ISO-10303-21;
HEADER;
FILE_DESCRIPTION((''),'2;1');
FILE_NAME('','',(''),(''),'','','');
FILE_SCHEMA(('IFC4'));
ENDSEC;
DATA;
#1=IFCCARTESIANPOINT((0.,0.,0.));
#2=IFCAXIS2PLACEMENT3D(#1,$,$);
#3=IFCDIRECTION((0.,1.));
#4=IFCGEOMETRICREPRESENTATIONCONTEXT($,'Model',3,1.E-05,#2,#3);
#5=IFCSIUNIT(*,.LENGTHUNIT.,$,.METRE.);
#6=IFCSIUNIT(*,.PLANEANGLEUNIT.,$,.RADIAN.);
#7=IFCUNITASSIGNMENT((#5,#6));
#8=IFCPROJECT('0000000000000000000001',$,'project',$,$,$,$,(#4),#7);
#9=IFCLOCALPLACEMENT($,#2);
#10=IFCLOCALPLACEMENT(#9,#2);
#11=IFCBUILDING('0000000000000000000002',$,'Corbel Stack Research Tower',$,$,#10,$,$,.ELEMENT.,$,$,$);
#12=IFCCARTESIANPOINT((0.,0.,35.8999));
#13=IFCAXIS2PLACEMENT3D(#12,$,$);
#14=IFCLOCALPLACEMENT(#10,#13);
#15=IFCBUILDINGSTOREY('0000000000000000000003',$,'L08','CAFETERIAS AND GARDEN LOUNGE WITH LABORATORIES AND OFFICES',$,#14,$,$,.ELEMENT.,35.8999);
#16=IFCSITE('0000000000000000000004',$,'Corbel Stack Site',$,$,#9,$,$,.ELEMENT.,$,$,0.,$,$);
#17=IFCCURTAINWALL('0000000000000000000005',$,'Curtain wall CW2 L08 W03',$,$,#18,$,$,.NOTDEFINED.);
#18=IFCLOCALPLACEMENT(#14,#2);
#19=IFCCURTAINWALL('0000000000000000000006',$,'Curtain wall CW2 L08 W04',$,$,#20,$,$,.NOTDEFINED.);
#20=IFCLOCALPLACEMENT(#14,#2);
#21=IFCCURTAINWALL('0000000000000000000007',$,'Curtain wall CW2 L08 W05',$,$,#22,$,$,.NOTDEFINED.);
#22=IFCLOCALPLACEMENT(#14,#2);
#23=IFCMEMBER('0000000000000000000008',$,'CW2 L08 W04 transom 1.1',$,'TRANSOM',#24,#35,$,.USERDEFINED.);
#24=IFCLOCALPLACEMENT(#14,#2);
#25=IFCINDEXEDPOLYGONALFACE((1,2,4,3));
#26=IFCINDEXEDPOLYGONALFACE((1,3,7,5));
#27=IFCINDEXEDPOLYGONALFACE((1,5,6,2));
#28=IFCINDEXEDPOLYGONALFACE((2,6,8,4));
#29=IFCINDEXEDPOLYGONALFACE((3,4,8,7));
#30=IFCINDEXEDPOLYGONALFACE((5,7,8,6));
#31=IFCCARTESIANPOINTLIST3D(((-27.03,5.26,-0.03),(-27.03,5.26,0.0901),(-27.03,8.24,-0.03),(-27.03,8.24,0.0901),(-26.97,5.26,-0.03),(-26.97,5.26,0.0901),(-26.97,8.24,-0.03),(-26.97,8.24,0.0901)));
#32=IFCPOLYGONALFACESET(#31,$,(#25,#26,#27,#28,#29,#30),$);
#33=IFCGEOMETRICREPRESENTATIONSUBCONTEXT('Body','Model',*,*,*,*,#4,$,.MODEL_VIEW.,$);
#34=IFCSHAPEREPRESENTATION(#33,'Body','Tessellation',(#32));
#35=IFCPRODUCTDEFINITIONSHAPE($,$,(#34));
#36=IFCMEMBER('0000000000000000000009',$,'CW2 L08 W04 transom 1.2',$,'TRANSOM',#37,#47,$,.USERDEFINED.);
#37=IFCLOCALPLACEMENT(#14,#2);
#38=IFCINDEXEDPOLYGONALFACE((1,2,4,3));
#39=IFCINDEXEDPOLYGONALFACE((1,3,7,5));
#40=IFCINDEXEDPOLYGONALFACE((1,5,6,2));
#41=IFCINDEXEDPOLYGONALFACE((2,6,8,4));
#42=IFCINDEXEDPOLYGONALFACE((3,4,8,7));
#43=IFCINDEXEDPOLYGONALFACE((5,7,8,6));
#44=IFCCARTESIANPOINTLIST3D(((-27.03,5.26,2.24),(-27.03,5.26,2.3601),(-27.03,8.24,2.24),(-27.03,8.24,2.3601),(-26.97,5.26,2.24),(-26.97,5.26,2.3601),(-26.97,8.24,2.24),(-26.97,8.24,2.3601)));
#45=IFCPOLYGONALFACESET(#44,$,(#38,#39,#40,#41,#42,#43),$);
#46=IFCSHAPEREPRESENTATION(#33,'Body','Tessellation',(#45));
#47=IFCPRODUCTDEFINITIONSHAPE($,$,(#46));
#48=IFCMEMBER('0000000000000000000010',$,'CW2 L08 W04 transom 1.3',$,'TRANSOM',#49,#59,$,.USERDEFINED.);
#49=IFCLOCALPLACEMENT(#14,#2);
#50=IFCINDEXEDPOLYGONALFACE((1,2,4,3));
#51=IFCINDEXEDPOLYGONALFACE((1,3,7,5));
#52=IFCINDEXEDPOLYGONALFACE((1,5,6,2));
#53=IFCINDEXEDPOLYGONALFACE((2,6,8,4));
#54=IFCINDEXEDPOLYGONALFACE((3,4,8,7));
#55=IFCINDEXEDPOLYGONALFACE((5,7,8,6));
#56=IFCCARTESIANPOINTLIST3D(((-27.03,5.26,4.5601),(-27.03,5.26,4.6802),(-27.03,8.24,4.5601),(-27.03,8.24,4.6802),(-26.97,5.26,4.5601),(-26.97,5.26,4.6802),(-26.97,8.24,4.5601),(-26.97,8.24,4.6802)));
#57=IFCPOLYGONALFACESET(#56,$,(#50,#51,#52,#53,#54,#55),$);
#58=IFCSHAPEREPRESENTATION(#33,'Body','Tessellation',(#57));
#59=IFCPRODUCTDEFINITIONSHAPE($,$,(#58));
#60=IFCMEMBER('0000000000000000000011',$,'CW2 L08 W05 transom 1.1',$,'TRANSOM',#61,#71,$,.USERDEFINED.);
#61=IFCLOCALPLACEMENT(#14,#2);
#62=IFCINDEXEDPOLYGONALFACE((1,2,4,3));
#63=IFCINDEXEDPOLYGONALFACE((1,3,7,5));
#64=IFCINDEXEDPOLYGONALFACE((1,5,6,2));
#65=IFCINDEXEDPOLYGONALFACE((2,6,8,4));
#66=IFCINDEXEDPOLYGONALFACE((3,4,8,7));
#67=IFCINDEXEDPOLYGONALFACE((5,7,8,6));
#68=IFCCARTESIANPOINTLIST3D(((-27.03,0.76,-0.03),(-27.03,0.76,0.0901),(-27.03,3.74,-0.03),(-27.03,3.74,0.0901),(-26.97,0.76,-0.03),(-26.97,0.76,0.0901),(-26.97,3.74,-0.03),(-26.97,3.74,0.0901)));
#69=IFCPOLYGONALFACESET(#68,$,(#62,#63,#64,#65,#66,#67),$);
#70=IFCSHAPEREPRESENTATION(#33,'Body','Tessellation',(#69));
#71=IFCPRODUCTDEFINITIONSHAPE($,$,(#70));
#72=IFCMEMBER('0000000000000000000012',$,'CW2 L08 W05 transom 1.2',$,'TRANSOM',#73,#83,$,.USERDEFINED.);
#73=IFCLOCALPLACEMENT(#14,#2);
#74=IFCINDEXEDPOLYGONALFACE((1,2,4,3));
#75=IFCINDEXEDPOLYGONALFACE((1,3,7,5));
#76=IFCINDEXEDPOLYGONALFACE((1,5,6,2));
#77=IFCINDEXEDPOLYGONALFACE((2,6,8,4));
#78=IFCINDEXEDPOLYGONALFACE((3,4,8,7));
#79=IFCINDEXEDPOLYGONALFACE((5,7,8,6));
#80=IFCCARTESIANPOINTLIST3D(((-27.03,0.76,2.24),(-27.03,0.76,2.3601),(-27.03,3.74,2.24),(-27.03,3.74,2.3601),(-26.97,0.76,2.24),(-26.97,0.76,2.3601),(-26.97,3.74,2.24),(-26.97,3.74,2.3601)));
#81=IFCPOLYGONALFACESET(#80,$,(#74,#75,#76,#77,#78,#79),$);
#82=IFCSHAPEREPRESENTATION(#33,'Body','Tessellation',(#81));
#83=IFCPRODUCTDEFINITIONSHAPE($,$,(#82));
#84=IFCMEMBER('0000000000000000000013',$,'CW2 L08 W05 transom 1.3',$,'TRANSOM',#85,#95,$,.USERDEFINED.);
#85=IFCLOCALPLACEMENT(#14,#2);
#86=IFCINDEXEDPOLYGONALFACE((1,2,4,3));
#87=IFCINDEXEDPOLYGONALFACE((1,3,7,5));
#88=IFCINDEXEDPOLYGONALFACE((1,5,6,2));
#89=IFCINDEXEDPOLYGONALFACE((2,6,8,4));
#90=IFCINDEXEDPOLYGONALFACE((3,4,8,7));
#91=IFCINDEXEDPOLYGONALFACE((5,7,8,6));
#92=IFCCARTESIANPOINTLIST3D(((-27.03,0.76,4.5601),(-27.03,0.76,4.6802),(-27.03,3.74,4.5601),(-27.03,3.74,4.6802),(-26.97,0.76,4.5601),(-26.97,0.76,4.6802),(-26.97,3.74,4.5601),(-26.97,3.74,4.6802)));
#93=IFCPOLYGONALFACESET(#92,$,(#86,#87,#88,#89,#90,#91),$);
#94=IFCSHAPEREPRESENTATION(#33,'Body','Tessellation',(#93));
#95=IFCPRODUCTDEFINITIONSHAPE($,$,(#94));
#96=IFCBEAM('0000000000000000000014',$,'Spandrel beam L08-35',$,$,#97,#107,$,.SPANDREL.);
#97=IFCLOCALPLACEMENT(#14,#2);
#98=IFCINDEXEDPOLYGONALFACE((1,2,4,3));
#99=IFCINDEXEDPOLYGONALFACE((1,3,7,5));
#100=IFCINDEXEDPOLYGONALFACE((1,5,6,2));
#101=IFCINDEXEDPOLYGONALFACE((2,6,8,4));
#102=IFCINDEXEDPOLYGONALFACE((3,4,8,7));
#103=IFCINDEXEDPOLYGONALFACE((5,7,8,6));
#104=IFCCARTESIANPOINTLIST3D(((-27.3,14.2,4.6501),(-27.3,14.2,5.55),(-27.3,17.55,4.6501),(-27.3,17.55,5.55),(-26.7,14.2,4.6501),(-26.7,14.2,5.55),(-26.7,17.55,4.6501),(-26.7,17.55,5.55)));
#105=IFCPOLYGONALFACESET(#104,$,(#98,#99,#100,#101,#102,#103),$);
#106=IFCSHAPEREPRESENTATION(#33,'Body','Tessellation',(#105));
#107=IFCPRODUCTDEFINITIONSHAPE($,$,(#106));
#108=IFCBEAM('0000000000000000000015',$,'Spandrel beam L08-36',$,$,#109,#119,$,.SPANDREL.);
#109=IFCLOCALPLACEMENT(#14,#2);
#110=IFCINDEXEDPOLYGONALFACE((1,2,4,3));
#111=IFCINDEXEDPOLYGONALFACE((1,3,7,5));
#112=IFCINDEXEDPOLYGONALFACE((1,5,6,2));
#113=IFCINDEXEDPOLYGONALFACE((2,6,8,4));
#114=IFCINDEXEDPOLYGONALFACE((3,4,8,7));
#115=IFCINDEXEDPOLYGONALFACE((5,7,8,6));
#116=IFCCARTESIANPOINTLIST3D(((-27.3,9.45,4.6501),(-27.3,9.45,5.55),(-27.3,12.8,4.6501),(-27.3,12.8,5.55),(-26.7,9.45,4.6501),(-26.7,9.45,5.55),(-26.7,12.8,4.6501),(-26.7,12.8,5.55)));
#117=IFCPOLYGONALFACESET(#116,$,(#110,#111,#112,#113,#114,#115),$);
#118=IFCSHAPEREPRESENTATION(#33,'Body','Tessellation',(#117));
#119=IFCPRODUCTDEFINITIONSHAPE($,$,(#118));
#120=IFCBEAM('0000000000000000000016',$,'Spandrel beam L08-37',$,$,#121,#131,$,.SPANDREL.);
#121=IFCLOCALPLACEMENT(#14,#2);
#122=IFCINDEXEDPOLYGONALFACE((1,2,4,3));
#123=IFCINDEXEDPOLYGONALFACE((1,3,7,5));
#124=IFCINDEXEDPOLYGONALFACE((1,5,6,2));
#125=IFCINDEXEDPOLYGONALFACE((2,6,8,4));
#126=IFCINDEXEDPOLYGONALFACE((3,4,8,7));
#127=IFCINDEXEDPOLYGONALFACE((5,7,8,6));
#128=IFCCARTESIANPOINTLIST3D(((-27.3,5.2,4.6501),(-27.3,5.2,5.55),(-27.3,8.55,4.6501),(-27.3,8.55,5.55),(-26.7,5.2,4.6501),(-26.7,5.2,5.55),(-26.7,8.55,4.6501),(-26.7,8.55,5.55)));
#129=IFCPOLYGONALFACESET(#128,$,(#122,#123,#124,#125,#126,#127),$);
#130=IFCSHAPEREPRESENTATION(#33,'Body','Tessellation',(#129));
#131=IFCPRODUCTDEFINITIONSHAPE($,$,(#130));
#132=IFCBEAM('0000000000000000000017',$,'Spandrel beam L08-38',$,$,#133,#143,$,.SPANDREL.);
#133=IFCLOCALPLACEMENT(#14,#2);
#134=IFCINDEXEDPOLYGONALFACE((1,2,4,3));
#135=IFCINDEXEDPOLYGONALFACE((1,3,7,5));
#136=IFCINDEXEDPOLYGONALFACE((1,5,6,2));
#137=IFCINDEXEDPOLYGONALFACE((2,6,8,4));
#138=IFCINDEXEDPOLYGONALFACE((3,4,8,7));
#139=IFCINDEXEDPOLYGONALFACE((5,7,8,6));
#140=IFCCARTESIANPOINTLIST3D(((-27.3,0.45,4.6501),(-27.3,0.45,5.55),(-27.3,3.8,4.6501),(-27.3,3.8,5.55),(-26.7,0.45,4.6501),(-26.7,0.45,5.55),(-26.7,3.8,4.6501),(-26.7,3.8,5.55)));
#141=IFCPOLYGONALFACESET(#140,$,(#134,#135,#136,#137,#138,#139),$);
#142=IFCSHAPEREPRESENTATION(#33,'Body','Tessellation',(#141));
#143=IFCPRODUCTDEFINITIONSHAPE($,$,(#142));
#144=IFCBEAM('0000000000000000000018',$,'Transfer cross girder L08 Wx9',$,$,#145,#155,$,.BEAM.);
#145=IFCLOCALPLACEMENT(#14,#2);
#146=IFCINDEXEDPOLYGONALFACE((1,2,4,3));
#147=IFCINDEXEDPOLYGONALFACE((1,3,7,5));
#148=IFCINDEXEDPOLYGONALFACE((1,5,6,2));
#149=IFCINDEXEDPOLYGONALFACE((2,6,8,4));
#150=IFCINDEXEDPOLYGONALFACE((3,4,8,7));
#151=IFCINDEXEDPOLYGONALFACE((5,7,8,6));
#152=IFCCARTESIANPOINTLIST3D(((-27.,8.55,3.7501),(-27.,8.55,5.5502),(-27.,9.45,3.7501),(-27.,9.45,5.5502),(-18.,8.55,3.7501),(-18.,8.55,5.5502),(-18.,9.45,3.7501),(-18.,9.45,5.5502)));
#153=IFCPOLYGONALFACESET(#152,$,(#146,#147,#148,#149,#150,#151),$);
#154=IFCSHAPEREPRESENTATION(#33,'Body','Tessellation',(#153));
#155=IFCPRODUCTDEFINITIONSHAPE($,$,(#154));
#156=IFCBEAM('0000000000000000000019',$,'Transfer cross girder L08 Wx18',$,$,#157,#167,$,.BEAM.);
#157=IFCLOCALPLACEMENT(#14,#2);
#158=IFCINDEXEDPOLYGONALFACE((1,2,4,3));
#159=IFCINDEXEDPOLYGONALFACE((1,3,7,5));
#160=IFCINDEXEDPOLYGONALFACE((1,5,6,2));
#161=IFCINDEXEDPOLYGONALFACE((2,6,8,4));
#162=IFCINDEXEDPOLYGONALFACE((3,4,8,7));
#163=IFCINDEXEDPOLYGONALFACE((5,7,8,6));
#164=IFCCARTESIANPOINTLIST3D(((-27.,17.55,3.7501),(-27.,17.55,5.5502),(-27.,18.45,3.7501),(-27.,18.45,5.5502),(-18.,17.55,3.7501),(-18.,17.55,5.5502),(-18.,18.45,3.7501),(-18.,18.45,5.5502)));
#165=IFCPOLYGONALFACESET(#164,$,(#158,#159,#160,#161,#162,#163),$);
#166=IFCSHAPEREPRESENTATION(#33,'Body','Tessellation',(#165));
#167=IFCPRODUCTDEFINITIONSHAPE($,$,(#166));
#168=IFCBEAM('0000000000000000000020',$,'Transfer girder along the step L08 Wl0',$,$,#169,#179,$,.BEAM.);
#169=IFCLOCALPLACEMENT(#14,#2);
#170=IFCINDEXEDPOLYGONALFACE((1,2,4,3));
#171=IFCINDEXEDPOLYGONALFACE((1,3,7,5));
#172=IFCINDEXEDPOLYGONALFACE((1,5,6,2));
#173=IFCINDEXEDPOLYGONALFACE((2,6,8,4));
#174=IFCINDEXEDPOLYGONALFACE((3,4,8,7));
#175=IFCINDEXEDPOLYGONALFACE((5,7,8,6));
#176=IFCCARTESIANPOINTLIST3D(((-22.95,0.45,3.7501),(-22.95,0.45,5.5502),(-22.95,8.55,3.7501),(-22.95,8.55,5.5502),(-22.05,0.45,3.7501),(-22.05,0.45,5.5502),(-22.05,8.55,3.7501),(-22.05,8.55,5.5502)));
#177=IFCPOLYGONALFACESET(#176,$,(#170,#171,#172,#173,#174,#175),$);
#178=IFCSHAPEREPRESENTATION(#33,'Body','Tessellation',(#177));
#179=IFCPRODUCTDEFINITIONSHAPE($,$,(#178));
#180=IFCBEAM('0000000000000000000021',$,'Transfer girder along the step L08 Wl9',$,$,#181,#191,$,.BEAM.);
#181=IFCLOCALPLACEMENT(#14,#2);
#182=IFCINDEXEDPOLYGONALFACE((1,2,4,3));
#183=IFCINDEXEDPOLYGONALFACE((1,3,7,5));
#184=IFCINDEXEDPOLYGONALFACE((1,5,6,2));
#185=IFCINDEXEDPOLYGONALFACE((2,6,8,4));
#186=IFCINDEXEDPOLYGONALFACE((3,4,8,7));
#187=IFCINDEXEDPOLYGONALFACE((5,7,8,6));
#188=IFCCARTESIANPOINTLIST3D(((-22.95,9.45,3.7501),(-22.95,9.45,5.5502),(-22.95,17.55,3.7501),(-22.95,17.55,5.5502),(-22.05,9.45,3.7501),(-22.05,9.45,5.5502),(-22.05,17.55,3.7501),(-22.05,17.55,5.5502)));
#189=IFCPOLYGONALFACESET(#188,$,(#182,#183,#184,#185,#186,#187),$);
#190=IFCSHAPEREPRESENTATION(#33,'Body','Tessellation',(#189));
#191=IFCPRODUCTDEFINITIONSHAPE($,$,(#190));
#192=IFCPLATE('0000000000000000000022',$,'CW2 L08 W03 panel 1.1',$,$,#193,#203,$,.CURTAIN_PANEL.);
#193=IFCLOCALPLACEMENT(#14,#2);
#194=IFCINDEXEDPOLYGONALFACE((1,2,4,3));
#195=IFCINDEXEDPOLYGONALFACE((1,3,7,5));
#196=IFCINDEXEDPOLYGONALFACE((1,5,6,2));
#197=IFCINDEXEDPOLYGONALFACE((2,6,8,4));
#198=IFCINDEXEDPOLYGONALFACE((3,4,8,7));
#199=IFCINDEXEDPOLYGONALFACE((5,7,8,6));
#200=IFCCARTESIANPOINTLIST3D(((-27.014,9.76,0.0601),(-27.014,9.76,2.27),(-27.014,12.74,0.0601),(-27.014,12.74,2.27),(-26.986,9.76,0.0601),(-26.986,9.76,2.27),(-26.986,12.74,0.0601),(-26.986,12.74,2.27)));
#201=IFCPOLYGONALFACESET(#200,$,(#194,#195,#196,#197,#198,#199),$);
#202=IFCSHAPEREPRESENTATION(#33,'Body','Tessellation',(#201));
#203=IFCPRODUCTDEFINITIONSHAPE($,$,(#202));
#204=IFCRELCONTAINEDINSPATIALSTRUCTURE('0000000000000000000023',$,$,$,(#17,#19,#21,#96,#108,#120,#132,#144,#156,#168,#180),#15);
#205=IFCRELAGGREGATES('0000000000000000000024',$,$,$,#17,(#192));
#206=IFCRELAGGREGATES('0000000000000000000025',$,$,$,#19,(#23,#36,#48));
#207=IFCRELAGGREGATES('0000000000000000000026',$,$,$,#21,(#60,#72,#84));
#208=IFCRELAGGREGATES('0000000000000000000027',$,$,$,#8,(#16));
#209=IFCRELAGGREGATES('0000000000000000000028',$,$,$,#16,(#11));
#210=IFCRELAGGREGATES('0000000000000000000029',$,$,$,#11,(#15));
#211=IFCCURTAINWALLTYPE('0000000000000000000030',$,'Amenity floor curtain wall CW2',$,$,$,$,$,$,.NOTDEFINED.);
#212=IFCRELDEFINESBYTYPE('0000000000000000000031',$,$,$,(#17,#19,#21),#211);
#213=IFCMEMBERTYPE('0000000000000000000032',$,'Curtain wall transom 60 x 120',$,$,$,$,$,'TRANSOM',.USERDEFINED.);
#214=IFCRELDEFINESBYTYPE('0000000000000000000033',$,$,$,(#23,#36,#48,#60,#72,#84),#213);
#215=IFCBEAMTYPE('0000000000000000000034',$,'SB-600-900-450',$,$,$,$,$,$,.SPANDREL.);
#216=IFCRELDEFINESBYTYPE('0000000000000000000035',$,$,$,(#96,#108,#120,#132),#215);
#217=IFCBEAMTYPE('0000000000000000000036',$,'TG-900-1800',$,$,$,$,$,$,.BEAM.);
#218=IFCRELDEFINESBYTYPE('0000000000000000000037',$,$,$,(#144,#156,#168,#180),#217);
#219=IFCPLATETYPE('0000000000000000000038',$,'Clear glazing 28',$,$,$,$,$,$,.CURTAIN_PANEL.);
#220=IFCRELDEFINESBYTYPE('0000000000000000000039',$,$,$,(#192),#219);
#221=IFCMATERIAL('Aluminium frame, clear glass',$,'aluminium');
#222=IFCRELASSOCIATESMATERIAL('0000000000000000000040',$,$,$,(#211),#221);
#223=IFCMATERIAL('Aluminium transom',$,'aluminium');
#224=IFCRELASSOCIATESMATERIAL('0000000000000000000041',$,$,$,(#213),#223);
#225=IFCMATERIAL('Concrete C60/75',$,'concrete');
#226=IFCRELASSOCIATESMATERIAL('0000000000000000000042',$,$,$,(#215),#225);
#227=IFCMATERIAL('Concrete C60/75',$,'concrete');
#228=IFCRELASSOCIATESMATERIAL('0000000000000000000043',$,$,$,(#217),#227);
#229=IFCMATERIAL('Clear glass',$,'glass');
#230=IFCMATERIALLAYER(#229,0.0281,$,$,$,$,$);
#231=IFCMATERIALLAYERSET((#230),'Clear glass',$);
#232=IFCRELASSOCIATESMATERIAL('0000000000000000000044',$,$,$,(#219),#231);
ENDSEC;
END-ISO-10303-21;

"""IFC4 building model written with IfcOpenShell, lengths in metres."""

from ifc_helpers import new_model, si_unit, direction, frame, origin, origin_2d, place, context, subcontext, project, spatial, rectangle, extrude, material, layer, layer_set, material_profile, profile_set, type_object, element, aggregate, save


model = new_model("IFC4")

# Units and contexts
model_context = context("Model", 3, precision=1e-05, world=origin(), true_north=direction((0.0, 1.0)))
body_context = subcontext(model_context, "Body", "Model", "MODEL_VIEW")
ifc_project = project(units=[si_unit("LENGTHUNIT", "METRE"), si_unit("PLANEANGLEUNIT", "RADIAN")], contexts=[model_context])

# Site, building, storey
site_placement = place(None, origin())
site = spatial("IfcSite", under=ifc_project, at=site_placement, Name="Corbel Stack Site", CompositionType="ELEMENT", RefElevation=0.0)
building_placement = place(site_placement, origin())
building = spatial("IfcBuilding", under=site, at=building_placement, Name="Corbel Stack Research Tower", CompositionType="ELEMENT")
storey_placement = place(building_placement, frame((0.0, 0.0, 35.8999)))
storey = spatial("IfcBuildingStorey", under=building, at=storey_placement, Name="L08", Description="CAFETERIAS AND GARDEN LOUNGE WITH LABORATORIES AND OFFICES", CompositionType="ELEMENT", Elevation=35.8999)

# Curtain walls
ifc_material_1 = material(Name="Aluminium frame, clear glass", Category="aluminium")
curtain_wall_type = type_object("IfcCurtainWallType", Name="Amenity floor curtain wall CW2", PredefinedType="NOTDEFINED", material=ifc_material_1)
curtain_wall_1_placement = place(storey_placement, origin())
curtain_wall_1 = element("IfcCurtainWall", 1, at=curtain_wall_1_placement, inside=storey, type_object=curtain_wall_type, Name="Curtain wall CW2 L08 W03", PredefinedType="NOTDEFINED")
curtain_wall_2_placement = place(storey_placement, origin())
curtain_wall_2 = element("IfcCurtainWall", 2, at=curtain_wall_2_placement, inside=storey, type_object=curtain_wall_type, Name="Curtain wall CW2 L08 W04", PredefinedType="NOTDEFINED")
curtain_wall_3_placement = place(storey_placement, origin())
curtain_wall_3 = element("IfcCurtainWall", 3, at=curtain_wall_3_placement, inside=storey, type_object=curtain_wall_type, Name="Curtain wall CW2 L08 W05", PredefinedType="NOTDEFINED")

# Members
ifc_material_2 = material(Name="Aluminium transom", Category="aluminium")
ifc_material_profile_1 = material_profile(ifc_material_2, rectangle(XDim=0.0601, YDim=0.1201, at=origin_2d()), Name="Transom 60 x 120")
ifc_profile_set_1 = profile_set([ifc_material_profile_1], Name="Aluminium transom")
member_type_1 = type_object("IfcMemberType", Name="Curtain wall transom 60 x 120", ElementType="TRANSOM", PredefinedType="USERDEFINED", material=ifc_profile_set_1)
member_1_placement = place(storey_placement, frame((-27.0, 8.24, 0.03), z_axis=(0.0, -1.0, 0.0), x_axis=(1.0, 0.0, 0.0)))
member_1 = element("IfcMember", 4, at=member_1_placement, type_object=member_type_1, Name="CW2 L08 W04 transom 1.1", ObjectType="TRANSOM", PredefinedType="USERDEFINED", context=body_context, shape_type="SweptSolid", body=[
    extrude(rectangle(XDim=0.0601, YDim=0.1201, at=origin_2d()), origin(), (0.0, 0.0, 1.0), 2.98),
])
member_2_placement = place(storey_placement, frame((-27.0, 8.24, 2.3), z_axis=(0.0, -1.0, 0.0), x_axis=(1.0, 0.0, 0.0)))
member_2 = element("IfcMember", 5, at=member_2_placement, type_object=member_type_1, Name="CW2 L08 W04 transom 1.2", ObjectType="TRANSOM", PredefinedType="USERDEFINED", context=body_context, shape_type="SweptSolid", body=[
    extrude(rectangle(XDim=0.0601, YDim=0.1201, at=origin_2d()), origin(), (0.0, 0.0, 1.0), 2.98),
])
member_3_placement = place(storey_placement, frame((-27.0, 8.24, 4.6201), z_axis=(0.0, -1.0, 0.0), x_axis=(1.0, 0.0, 0.0)))
member_3 = element("IfcMember", 6, at=member_3_placement, type_object=member_type_1, Name="CW2 L08 W04 transom 1.3", ObjectType="TRANSOM", PredefinedType="USERDEFINED", context=body_context, shape_type="SweptSolid", body=[
    extrude(rectangle(XDim=0.0601, YDim=0.1201, at=origin_2d()), origin(), (0.0, 0.0, 1.0), 2.98),
])
member_4_placement = place(storey_placement, frame((-27.0, 3.74, 0.03), z_axis=(0.0, -1.0, 0.0), x_axis=(1.0, 0.0, 0.0)))
member_4 = element("IfcMember", 7, at=member_4_placement, type_object=member_type_1, Name="CW2 L08 W05 transom 1.1", ObjectType="TRANSOM", PredefinedType="USERDEFINED", context=body_context, shape_type="SweptSolid", body=[
    extrude(rectangle(XDim=0.0601, YDim=0.1201, at=origin_2d()), origin(), (0.0, 0.0, 1.0), 2.98),
])
member_5_placement = place(storey_placement, frame((-27.0, 3.74, 2.3), z_axis=(0.0, -1.0, 0.0), x_axis=(1.0, 0.0, 0.0)))
member_5 = element("IfcMember", 8, at=member_5_placement, type_object=member_type_1, Name="CW2 L08 W05 transom 1.2", ObjectType="TRANSOM", PredefinedType="USERDEFINED", context=body_context, shape_type="SweptSolid", body=[
    extrude(rectangle(XDim=0.0601, YDim=0.1201, at=origin_2d()), origin(), (0.0, 0.0, 1.0), 2.98),
])
member_6_placement = place(storey_placement, frame((-27.0, 3.74, 4.6201), z_axis=(0.0, -1.0, 0.0), x_axis=(1.0, 0.0, 0.0)))
member_6 = element("IfcMember", 9, at=member_6_placement, type_object=member_type_1, Name="CW2 L08 W05 transom 1.3", ObjectType="TRANSOM", PredefinedType="USERDEFINED", context=body_context, shape_type="SweptSolid", body=[
    extrude(rectangle(XDim=0.0601, YDim=0.1201, at=origin_2d()), origin(), (0.0, 0.0, 1.0), 2.98),
])

# Beams
ifc_material_3 = material(Name="Concrete C60/75", Category="concrete")
ifc_material_profile_2 = material_profile(ifc_material_3, rectangle(XDim=0.6001, YDim=0.8999, at=origin_2d()), Name="RC 600 x 900")
ifc_profile_set_2 = profile_set([ifc_material_profile_2], Name="Concrete C60/75")
beam_type_1 = type_object("IfcBeamType", Name="SB-600-900-450", PredefinedType="SPANDREL", material=ifc_profile_set_2)
for number, where, z_axis, x_axis, name in (
    (10, (-27.0, 17.55, 5.1001), (0.0, -1.0, 0.0), (1.0, 0.0, 0.0), "Spandrel beam L08-35"),
    (11, (-27.0, 12.8, 5.1001), (0.0, -1.0, 0.0), (1.0, 0.0, 0.0), "Spandrel beam L08-36"),
    (12, (-27.0, 8.55, 5.1001), (0.0, -1.0, 0.0), (1.0, 0.0, 0.0), "Spandrel beam L08-37"),
    (13, (-27.0, 3.8, 5.1001), (0.0, -1.0, 0.0), (1.0, 0.0, 0.0), "Spandrel beam L08-38"),
):
    element("IfcBeam", number, at=place(storey_placement, frame(where, z_axis=z_axis, x_axis=x_axis)), inside=storey, type_object=beam_type_1, Name=name, PredefinedType="SPANDREL", context=body_context, shape_type="SweptSolid", body=[
        extrude(rectangle(XDim=0.6001, YDim=0.8999, at=origin_2d()), origin(), (0.0, 0.0, 1.0), 3.3501),
    ])
ifc_material_4 = material(Name="Concrete C60/75", Category="concrete")
ifc_material_profile_3 = material_profile(ifc_material_4, rectangle(XDim=0.8999, YDim=1.8, at=origin_2d()), Name="RC 900 x 1800")
ifc_profile_set_3 = profile_set([ifc_material_profile_3], Name="Concrete C60/75")
beam_type_2 = type_object("IfcBeamType", Name="TG-900-1800", PredefinedType="BEAM", material=ifc_profile_set_3)
for number, where, z_axis, x_axis, name in (
    (14, (-27.0, 9.0, 4.6501), (1.0, 0.0, 0.0), (0.0, 1.0, 0.0), "Transfer cross girder L08 Wx9"),
    (15, (-27.0, 18.0, 4.6501), (1.0, 0.0, 0.0), (0.0, 1.0, 0.0), "Transfer cross girder L08 Wx18"),
):
    element("IfcBeam", number, at=place(storey_placement, frame(where, z_axis=z_axis, x_axis=x_axis)), inside=storey, type_object=beam_type_2, Name=name, PredefinedType="BEAM", context=body_context, shape_type="SweptSolid", body=[
        extrude(rectangle(XDim=0.8999, YDim=1.8, at=origin_2d()), origin(), (0.0, 0.0, 1.0), 9.0),
    ])
for number, where, z_axis, x_axis, name in (
    (16, (-22.5, 0.45, 4.6501), (0.0, 1.0, 0.0), (-1.0, 0.0, 0.0), "Transfer girder along the step L08 Wl0"),
    (17, (-22.5, 9.45, 4.6501), (0.0, 1.0, 0.0), (-1.0, 0.0, 0.0), "Transfer girder along the step L08 Wl9"),
):
    element("IfcBeam", number, at=place(storey_placement, frame(where, z_axis=z_axis, x_axis=x_axis)), inside=storey, type_object=beam_type_2, Name=name, PredefinedType="BEAM", context=body_context, shape_type="SweptSolid", body=[
        extrude(rectangle(XDim=0.8999, YDim=1.8, at=origin_2d()), origin(), (0.0, 0.0, 1.0), 8.1001),
    ])

# Plate
ifc_material_5 = material(Name="Clear glass", Category="glass")
ifc_layer_1 = layer(ifc_material_5, 0.0281)
ifc_layer_set_1 = layer_set([ifc_layer_1], Name="Clear glass")
plate_type = type_object("IfcPlateType", Name="Clear glazing 28", PredefinedType="CURTAIN_PANEL", material=ifc_layer_set_1)
plate_1_placement = place(storey_placement, frame((-27.0, 11.25, 0.0601), z_axis=(0.0, 0.0, 1.0), x_axis=(0.0, -1.0, 0.0)))
plate_1 = element("IfcPlate", 18, at=plate_1_placement, type_object=plate_type, Name="CW2 L08 W03 panel 1.1", PredefinedType="CURTAIN_PANEL", context=body_context, shape_type="SweptSolid", body=[
    extrude(rectangle(XDim=2.98, YDim=0.0281, at=origin_2d()), origin(), (0.0, 0.0, 1.0), 2.21),
])
aggregate(curtain_wall_1, [plate_1])
aggregate(curtain_wall_2, [member_1, member_2, member_3])
aggregate(curtain_wall_3, [member_4, member_5, member_6])

save(model, "model.ifc")
